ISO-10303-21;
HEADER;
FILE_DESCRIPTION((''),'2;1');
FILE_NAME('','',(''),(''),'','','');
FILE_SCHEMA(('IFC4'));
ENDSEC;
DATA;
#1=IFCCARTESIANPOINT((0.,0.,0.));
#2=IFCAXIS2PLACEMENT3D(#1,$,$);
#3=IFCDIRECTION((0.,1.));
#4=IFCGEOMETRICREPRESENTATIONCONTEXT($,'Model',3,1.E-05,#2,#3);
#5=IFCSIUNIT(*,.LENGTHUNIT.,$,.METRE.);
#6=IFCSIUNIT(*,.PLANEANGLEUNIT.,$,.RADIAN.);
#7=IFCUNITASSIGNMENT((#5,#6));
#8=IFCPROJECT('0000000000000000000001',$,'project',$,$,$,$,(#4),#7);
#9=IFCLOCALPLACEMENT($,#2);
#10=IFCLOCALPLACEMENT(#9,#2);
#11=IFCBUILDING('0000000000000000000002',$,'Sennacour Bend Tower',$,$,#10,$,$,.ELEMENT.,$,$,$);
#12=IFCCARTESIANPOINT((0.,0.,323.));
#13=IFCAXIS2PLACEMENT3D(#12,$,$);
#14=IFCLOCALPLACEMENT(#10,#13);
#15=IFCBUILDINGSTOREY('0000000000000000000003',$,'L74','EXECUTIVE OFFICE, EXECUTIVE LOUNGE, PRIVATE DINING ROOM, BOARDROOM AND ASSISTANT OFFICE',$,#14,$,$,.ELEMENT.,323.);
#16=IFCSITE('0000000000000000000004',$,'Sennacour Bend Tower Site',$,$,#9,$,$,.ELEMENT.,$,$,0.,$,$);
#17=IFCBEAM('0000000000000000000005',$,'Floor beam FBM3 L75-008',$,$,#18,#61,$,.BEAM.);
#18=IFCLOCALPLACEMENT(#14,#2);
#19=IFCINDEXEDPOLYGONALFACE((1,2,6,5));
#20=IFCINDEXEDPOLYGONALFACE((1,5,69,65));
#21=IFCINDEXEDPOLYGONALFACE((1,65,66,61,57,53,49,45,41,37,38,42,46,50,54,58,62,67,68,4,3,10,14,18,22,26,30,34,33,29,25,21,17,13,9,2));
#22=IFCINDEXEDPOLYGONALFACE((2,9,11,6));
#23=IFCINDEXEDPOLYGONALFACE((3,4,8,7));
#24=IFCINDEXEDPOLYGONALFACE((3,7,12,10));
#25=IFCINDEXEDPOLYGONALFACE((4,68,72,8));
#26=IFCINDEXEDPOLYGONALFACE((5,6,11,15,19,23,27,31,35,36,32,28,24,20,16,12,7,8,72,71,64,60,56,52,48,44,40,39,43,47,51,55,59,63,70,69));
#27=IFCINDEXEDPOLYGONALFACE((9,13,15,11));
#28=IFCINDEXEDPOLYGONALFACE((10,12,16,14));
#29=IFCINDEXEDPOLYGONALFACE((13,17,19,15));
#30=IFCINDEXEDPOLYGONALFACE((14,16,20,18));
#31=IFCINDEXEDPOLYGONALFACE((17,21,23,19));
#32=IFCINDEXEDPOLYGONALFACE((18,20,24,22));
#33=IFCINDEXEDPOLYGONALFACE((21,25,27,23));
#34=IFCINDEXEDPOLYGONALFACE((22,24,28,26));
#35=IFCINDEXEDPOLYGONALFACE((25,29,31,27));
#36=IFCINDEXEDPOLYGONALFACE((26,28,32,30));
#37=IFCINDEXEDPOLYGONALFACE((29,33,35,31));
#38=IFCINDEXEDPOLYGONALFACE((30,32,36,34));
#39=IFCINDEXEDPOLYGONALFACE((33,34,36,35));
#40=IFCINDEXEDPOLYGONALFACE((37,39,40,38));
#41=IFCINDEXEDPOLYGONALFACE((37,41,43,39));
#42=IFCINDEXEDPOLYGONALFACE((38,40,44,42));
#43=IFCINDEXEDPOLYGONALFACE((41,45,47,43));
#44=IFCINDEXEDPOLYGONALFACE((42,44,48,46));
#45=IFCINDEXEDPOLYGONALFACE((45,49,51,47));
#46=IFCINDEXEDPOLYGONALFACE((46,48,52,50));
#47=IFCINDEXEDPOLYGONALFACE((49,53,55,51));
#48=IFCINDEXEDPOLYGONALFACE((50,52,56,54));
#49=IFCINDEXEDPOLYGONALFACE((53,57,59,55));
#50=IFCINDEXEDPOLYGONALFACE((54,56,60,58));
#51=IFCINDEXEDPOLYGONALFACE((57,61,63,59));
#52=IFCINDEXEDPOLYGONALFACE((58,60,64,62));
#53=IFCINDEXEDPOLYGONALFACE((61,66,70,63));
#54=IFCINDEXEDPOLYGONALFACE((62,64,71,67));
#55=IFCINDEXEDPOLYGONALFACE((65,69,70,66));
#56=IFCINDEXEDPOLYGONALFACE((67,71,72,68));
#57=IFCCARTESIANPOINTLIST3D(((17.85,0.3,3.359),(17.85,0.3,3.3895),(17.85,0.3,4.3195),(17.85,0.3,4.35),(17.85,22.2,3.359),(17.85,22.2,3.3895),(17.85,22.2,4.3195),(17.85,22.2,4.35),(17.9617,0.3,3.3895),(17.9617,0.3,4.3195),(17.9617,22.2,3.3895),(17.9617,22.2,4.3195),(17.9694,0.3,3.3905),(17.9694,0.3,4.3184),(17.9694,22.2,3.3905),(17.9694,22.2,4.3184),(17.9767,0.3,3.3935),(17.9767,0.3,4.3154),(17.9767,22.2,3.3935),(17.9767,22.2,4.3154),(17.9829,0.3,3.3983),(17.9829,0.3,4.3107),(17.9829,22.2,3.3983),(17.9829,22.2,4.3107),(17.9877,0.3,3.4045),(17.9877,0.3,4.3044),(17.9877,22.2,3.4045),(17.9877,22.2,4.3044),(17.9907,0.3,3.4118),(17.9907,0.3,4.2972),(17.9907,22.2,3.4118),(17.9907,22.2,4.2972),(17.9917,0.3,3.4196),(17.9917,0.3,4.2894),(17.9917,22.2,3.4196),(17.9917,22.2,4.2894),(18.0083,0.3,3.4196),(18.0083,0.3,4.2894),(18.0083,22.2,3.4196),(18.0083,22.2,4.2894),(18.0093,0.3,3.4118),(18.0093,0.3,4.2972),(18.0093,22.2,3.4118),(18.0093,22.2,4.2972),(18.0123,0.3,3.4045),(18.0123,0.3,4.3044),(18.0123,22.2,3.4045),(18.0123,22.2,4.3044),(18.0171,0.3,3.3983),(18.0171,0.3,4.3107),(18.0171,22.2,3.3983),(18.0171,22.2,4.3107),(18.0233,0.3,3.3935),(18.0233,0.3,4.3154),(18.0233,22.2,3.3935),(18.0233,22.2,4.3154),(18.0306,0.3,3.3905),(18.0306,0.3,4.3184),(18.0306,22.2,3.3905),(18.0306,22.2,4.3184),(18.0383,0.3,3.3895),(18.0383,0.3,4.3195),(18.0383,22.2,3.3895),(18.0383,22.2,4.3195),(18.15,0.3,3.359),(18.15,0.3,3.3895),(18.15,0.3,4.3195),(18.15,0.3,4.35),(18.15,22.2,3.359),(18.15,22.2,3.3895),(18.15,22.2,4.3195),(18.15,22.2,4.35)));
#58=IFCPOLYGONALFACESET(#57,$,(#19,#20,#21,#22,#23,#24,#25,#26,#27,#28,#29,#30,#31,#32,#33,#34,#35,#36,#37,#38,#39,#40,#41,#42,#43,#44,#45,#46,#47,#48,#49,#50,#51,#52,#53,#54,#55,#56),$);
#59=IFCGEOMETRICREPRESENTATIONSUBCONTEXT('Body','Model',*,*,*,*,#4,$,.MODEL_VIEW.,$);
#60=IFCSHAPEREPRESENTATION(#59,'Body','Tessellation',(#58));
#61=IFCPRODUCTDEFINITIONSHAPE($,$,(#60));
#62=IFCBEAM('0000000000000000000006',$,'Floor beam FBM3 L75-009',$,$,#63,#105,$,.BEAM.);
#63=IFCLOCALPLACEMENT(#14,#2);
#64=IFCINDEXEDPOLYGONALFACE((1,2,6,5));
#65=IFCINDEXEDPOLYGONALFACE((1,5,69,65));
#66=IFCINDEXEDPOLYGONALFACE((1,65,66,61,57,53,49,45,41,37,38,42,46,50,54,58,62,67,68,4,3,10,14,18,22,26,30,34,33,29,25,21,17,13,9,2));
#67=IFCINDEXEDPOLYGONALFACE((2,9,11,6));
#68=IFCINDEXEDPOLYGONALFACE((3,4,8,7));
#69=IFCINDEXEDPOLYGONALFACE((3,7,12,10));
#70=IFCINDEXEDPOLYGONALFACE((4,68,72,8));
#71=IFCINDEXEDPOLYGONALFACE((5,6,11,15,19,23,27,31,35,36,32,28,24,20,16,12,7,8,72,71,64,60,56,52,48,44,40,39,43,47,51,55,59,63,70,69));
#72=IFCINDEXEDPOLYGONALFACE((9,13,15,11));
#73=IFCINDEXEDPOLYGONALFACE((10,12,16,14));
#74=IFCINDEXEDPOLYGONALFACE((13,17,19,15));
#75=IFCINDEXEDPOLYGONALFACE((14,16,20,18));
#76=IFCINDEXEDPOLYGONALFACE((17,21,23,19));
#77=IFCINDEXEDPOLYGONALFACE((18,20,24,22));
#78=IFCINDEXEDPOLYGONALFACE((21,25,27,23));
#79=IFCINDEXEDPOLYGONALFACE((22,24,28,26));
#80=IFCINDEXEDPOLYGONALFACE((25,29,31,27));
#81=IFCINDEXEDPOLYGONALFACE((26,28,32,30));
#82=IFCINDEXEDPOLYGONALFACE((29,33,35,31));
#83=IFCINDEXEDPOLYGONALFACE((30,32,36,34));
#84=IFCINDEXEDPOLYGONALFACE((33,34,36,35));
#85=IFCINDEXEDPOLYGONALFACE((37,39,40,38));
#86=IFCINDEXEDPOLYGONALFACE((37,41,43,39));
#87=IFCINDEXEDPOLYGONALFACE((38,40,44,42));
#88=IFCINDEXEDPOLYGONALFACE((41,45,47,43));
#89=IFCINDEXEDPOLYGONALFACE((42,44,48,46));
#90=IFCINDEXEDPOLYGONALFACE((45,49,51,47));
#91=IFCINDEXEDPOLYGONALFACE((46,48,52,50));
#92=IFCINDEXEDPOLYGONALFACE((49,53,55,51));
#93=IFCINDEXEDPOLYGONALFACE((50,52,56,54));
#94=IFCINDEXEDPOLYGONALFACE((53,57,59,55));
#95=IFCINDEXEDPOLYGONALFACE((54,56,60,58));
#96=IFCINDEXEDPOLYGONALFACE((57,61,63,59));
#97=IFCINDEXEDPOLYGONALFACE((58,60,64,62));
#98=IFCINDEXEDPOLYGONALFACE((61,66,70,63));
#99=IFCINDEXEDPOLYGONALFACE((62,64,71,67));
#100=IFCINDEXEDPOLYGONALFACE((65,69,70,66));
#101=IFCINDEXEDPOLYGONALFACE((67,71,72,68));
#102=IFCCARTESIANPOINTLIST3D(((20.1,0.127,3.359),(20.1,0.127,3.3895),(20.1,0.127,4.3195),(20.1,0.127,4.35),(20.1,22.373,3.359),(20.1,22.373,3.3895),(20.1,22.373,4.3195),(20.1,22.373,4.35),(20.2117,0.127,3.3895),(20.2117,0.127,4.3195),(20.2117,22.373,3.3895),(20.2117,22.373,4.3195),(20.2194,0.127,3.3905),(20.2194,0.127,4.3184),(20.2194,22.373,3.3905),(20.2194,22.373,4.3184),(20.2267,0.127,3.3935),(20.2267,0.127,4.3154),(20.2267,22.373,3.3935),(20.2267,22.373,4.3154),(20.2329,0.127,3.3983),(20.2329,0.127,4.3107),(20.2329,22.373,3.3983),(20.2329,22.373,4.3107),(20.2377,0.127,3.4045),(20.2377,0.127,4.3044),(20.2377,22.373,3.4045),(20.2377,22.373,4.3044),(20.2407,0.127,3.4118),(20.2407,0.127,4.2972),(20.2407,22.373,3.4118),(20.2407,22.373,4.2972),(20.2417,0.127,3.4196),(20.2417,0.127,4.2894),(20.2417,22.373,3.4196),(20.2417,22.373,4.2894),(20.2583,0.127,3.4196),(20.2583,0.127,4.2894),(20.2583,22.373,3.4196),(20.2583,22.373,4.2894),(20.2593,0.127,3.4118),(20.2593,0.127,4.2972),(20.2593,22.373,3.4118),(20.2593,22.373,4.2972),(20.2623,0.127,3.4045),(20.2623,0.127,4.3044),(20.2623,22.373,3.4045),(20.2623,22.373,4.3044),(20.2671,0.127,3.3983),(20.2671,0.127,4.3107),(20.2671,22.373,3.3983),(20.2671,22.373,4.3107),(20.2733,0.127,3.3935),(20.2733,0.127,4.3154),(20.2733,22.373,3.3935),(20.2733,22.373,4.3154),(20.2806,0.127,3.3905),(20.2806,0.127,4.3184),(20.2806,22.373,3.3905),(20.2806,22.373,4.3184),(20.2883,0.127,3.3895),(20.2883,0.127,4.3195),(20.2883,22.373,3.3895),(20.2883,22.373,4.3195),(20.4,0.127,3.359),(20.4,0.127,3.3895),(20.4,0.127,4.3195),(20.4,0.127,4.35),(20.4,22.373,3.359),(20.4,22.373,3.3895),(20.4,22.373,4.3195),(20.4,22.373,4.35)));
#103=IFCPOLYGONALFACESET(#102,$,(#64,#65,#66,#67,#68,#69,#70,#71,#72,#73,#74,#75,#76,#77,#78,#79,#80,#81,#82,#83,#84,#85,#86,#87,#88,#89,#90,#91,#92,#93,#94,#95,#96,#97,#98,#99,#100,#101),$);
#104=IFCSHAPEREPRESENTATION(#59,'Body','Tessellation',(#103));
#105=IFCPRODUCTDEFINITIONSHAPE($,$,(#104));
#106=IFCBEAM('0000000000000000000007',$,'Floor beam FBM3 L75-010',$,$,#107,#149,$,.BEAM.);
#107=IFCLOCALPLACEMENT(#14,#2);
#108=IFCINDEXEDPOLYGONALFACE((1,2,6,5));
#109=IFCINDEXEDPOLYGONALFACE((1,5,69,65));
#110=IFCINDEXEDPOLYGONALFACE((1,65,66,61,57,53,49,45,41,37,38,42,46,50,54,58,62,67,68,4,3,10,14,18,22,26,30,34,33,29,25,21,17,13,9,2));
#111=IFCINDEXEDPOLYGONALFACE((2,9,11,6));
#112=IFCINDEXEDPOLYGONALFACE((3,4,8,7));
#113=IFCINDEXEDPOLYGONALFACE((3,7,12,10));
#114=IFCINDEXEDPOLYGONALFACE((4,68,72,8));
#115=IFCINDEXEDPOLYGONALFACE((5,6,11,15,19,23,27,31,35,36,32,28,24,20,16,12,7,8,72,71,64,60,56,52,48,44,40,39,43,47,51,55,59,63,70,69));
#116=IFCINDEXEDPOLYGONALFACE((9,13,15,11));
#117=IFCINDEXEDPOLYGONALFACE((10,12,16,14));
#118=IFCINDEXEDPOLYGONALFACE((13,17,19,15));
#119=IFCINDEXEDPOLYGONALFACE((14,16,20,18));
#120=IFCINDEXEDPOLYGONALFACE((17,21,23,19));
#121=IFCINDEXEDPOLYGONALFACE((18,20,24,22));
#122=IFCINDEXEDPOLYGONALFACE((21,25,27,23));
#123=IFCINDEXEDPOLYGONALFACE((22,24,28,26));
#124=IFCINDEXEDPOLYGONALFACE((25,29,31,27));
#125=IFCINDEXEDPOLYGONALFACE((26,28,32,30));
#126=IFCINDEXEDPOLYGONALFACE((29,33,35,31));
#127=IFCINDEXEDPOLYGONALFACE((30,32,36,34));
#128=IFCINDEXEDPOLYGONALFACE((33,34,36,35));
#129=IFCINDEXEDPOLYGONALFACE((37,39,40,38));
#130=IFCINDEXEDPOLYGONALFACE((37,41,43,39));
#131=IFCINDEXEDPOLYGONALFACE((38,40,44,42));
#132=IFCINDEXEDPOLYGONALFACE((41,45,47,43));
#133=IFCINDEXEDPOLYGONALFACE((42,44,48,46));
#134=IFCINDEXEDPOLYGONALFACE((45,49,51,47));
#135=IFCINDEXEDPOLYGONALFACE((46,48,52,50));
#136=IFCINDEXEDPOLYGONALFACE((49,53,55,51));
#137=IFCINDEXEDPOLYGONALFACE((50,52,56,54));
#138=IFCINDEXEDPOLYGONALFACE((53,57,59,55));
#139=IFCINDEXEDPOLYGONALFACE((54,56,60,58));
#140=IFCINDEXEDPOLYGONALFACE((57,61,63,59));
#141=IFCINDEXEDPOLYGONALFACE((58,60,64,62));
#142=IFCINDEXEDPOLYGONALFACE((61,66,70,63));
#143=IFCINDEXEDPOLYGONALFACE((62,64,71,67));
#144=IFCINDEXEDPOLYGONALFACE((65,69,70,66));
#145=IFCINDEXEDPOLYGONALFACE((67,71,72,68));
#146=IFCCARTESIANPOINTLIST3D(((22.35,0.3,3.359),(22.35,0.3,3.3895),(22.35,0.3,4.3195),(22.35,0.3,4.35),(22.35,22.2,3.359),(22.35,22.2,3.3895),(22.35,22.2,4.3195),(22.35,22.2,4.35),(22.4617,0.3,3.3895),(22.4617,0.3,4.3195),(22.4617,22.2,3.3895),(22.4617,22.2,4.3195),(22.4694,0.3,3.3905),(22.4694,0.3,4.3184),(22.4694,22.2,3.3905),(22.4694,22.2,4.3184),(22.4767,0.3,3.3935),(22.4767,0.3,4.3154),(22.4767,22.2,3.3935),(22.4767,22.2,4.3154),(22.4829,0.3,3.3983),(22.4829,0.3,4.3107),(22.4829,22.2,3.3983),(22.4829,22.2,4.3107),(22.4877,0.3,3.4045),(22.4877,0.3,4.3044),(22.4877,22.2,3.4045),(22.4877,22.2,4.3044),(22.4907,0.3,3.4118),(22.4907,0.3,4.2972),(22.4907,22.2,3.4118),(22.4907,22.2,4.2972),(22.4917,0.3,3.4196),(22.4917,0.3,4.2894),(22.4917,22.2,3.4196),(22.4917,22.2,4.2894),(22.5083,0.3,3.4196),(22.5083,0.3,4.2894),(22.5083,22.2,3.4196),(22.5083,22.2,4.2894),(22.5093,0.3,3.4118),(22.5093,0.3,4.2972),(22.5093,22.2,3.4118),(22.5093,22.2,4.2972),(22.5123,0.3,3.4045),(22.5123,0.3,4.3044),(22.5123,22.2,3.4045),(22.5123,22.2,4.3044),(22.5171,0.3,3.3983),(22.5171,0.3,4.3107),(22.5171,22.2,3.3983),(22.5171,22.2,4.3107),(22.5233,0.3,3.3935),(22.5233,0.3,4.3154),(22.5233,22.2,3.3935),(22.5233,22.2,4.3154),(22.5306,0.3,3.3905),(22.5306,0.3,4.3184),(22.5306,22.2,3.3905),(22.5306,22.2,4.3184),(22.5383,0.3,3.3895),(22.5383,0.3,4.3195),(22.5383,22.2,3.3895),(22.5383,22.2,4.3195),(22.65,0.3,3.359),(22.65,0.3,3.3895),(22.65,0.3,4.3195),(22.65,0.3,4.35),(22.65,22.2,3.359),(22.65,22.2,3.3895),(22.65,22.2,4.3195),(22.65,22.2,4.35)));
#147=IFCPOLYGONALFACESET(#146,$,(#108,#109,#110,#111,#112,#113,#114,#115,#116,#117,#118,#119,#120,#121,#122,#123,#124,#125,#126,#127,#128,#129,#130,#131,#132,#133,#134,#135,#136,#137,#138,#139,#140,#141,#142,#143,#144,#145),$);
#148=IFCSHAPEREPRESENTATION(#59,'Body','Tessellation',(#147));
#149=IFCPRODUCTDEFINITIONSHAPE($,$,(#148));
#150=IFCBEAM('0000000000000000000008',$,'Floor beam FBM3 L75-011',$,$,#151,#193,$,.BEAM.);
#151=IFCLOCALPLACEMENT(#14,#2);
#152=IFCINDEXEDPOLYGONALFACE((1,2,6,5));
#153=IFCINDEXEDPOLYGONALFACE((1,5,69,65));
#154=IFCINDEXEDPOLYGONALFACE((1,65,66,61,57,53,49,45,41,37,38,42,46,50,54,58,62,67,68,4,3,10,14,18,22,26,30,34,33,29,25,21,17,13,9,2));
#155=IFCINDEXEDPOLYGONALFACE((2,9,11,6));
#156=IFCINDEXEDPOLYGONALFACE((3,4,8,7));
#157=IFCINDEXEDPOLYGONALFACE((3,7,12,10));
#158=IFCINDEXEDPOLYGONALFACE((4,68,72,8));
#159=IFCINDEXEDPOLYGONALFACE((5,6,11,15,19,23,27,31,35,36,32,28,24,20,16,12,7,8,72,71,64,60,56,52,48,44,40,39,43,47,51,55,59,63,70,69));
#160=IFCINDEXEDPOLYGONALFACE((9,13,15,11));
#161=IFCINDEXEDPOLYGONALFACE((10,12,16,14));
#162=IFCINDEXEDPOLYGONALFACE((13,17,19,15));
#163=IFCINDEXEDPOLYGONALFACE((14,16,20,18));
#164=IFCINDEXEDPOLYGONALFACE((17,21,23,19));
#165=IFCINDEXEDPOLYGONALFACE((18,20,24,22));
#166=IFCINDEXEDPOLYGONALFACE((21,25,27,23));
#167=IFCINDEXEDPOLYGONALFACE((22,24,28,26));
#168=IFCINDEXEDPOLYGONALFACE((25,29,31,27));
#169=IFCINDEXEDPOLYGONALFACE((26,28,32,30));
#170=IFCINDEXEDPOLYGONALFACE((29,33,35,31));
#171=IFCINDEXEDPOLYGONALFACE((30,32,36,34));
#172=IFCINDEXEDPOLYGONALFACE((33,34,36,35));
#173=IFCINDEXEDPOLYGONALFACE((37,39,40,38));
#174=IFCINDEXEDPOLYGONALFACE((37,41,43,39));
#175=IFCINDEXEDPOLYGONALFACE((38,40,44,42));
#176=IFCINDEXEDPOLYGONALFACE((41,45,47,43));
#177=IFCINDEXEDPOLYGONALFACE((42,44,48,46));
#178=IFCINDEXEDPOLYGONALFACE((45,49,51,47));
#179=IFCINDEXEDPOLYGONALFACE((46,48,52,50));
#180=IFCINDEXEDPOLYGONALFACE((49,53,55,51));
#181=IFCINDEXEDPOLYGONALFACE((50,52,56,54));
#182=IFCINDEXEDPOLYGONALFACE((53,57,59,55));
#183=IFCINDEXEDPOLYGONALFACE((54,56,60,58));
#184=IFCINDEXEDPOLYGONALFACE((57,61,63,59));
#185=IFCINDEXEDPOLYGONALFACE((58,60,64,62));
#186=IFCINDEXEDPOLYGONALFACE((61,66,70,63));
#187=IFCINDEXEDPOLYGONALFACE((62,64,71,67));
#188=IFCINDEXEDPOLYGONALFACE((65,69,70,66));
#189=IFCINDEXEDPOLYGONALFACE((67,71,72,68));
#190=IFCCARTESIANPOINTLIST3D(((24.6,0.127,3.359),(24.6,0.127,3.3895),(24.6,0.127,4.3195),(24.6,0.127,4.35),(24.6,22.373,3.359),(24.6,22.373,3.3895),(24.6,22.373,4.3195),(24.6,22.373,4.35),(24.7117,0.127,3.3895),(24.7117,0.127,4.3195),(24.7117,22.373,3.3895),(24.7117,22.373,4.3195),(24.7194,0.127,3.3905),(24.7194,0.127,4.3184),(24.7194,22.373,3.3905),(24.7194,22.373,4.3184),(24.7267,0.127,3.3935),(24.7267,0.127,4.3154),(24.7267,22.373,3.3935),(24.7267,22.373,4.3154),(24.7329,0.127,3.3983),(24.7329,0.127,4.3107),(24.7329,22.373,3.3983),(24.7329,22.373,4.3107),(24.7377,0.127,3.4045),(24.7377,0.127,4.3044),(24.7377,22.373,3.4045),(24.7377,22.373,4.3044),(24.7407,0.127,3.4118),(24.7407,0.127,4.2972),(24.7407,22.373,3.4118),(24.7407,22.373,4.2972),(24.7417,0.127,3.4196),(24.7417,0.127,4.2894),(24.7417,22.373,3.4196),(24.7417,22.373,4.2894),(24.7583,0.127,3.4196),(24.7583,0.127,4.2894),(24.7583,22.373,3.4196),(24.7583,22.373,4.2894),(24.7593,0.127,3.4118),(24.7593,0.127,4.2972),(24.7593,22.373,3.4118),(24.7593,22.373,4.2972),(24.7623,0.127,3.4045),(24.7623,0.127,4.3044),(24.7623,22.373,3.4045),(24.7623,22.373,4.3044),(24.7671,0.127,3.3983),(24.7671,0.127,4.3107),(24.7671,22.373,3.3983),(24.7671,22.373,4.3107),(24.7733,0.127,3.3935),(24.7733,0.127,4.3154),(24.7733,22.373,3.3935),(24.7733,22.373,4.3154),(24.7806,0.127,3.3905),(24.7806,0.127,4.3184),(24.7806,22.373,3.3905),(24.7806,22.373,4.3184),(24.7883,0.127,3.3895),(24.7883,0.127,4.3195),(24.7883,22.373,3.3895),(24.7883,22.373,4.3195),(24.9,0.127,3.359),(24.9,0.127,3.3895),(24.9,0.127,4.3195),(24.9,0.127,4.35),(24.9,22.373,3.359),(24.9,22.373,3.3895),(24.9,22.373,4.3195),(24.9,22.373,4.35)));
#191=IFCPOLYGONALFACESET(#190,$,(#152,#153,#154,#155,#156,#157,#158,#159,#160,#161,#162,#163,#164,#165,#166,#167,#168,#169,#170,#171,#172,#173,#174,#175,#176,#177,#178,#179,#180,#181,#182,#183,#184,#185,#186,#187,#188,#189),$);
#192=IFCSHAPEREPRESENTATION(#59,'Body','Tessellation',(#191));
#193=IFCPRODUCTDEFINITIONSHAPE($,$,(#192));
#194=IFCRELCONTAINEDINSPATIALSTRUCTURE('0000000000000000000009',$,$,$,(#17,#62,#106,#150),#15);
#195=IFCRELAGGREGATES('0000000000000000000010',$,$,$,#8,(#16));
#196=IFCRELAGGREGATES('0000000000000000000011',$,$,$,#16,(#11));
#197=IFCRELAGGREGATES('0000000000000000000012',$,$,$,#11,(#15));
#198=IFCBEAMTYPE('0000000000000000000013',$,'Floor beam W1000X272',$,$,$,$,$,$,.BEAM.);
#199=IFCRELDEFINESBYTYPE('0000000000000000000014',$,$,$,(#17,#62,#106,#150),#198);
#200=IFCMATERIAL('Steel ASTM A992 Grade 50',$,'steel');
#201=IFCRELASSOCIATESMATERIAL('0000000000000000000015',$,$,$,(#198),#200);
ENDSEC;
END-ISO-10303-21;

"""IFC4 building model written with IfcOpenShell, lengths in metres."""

from ifc_helpers import new_model, si_unit, direction, frame, origin, origin_2d, place, context, subcontext, project, spatial, i_section, extrude, material, material_profile, profile_set, type_object, element, save


model = new_model("IFC4")

# Units and contexts
model_context = context("Model", 3, precision=1e-05, world=origin(), true_north=direction((0.0, 1.0)))
body_context = subcontext(model_context, "Body", "Model", "MODEL_VIEW")
ifc_project = project(units=[si_unit("LENGTHUNIT", "METRE"), si_unit("PLANEANGLEUNIT", "RADIAN")], contexts=[model_context])

# Site, building, storey
site_placement = place(None, origin())
site = spatial("IfcSite", under=ifc_project, at=site_placement, Name="Sennacour Bend Tower Site", CompositionType="ELEMENT", RefElevation=0.0)
building_placement = place(site_placement, origin())
building = spatial("IfcBuilding", under=site, at=building_placement, Name="Sennacour Bend Tower", CompositionType="ELEMENT")
storey_placement = place(building_placement, frame((0.0, 0.0, 323.0)))
storey = spatial("IfcBuildingStorey", under=building, at=storey_placement, Name="L74", Description="EXECUTIVE OFFICE, EXECUTIVE LOUNGE, PRIVATE DINING ROOM, BOARDROOM AND ASSISTANT OFFICE", CompositionType="ELEMENT", Elevation=323.0)

# Beams
ifc_material_1 = material(Name="Steel ASTM A992 Grade 50", Category="steel")
ifc_material_profile_1 = material_profile(ifc_material_1, i_section(OverallWidth=0.3, OverallDepth=0.991, WebThickness=0.0166, FlangeThickness=0.0305, FilletRadius=0.03, at=origin_2d()), Name="Steel ASTM A992 Grade 50", Category="steel")
ifc_profile_set_1 = profile_set([ifc_material_profile_1], Name="Steel ASTM A992 Grade 50")
beam_type_1 = type_object("IfcBeamType", Name="Floor beam W1000X272", PredefinedType="BEAM", material=ifc_profile_set_1)
beam_1_placement = place(storey_placement, frame((18.0, 0.3, 3.8545), z_axis=(0.0, 1.0, 0.0), x_axis=(-1.0, 0.0, 0.0)))
element("IfcBeam", 1, at=beam_1_placement, inside=storey, type_object=beam_type_1, Name="Floor beam FBM3 L75-008", PredefinedType="BEAM", context=body_context, shape_type="SweptSolid", body=[
    extrude(i_section(OverallWidth=0.3, OverallDepth=0.991, WebThickness=0.0166, FlangeThickness=0.0305, FilletRadius=0.03, at=origin_2d()), origin(), (0.0, 0.0, 1.0), 21.8999),
])
beam_2_placement = place(storey_placement, frame((20.25, 0.127, 3.8545), z_axis=(0.0, 1.0, 0.0), x_axis=(-1.0, 0.0, 0.0)))
element("IfcBeam", 2, at=beam_2_placement, inside=storey, type_object=beam_type_1, Name="Floor beam FBM3 L75-009", PredefinedType="BEAM", context=body_context, shape_type="SweptSolid", body=[
    extrude(i_section(OverallWidth=0.3, OverallDepth=0.991, WebThickness=0.0166, FlangeThickness=0.0305, FilletRadius=0.03, at=origin_2d()), origin(), (0.0, 0.0, 1.0), 22.2461),
])
beam_3_placement = place(storey_placement, frame((22.5, 0.3, 3.8545), z_axis=(0.0, 1.0, 0.0), x_axis=(-1.0, 0.0, 0.0)))
element("IfcBeam", 3, at=beam_3_placement, inside=storey, type_object=beam_type_1, Name="Floor beam FBM3 L75-010", PredefinedType="BEAM", context=body_context, shape_type="SweptSolid", body=[
    extrude(i_section(OverallWidth=0.3, OverallDepth=0.991, WebThickness=0.0166, FlangeThickness=0.0305, FilletRadius=0.03, at=origin_2d()), origin(), (0.0, 0.0, 1.0), 21.8999),
])
beam_4_placement = place(storey_placement, frame((24.75, 0.127, 3.8545), z_axis=(0.0, 1.0, 0.0), x_axis=(-1.0, 0.0, 0.0)))
element("IfcBeam", 4, at=beam_4_placement, inside=storey, type_object=beam_type_1, Name="Floor beam FBM3 L75-011", PredefinedType="BEAM", context=body_context, shape_type="SweptSolid", body=[
    extrude(i_section(OverallWidth=0.3, OverallDepth=0.991, WebThickness=0.0166, FlangeThickness=0.0305, FilletRadius=0.03, at=origin_2d()), origin(), (0.0, 0.0, 1.0), 22.2461),
])

save(model, "model.ifc")
